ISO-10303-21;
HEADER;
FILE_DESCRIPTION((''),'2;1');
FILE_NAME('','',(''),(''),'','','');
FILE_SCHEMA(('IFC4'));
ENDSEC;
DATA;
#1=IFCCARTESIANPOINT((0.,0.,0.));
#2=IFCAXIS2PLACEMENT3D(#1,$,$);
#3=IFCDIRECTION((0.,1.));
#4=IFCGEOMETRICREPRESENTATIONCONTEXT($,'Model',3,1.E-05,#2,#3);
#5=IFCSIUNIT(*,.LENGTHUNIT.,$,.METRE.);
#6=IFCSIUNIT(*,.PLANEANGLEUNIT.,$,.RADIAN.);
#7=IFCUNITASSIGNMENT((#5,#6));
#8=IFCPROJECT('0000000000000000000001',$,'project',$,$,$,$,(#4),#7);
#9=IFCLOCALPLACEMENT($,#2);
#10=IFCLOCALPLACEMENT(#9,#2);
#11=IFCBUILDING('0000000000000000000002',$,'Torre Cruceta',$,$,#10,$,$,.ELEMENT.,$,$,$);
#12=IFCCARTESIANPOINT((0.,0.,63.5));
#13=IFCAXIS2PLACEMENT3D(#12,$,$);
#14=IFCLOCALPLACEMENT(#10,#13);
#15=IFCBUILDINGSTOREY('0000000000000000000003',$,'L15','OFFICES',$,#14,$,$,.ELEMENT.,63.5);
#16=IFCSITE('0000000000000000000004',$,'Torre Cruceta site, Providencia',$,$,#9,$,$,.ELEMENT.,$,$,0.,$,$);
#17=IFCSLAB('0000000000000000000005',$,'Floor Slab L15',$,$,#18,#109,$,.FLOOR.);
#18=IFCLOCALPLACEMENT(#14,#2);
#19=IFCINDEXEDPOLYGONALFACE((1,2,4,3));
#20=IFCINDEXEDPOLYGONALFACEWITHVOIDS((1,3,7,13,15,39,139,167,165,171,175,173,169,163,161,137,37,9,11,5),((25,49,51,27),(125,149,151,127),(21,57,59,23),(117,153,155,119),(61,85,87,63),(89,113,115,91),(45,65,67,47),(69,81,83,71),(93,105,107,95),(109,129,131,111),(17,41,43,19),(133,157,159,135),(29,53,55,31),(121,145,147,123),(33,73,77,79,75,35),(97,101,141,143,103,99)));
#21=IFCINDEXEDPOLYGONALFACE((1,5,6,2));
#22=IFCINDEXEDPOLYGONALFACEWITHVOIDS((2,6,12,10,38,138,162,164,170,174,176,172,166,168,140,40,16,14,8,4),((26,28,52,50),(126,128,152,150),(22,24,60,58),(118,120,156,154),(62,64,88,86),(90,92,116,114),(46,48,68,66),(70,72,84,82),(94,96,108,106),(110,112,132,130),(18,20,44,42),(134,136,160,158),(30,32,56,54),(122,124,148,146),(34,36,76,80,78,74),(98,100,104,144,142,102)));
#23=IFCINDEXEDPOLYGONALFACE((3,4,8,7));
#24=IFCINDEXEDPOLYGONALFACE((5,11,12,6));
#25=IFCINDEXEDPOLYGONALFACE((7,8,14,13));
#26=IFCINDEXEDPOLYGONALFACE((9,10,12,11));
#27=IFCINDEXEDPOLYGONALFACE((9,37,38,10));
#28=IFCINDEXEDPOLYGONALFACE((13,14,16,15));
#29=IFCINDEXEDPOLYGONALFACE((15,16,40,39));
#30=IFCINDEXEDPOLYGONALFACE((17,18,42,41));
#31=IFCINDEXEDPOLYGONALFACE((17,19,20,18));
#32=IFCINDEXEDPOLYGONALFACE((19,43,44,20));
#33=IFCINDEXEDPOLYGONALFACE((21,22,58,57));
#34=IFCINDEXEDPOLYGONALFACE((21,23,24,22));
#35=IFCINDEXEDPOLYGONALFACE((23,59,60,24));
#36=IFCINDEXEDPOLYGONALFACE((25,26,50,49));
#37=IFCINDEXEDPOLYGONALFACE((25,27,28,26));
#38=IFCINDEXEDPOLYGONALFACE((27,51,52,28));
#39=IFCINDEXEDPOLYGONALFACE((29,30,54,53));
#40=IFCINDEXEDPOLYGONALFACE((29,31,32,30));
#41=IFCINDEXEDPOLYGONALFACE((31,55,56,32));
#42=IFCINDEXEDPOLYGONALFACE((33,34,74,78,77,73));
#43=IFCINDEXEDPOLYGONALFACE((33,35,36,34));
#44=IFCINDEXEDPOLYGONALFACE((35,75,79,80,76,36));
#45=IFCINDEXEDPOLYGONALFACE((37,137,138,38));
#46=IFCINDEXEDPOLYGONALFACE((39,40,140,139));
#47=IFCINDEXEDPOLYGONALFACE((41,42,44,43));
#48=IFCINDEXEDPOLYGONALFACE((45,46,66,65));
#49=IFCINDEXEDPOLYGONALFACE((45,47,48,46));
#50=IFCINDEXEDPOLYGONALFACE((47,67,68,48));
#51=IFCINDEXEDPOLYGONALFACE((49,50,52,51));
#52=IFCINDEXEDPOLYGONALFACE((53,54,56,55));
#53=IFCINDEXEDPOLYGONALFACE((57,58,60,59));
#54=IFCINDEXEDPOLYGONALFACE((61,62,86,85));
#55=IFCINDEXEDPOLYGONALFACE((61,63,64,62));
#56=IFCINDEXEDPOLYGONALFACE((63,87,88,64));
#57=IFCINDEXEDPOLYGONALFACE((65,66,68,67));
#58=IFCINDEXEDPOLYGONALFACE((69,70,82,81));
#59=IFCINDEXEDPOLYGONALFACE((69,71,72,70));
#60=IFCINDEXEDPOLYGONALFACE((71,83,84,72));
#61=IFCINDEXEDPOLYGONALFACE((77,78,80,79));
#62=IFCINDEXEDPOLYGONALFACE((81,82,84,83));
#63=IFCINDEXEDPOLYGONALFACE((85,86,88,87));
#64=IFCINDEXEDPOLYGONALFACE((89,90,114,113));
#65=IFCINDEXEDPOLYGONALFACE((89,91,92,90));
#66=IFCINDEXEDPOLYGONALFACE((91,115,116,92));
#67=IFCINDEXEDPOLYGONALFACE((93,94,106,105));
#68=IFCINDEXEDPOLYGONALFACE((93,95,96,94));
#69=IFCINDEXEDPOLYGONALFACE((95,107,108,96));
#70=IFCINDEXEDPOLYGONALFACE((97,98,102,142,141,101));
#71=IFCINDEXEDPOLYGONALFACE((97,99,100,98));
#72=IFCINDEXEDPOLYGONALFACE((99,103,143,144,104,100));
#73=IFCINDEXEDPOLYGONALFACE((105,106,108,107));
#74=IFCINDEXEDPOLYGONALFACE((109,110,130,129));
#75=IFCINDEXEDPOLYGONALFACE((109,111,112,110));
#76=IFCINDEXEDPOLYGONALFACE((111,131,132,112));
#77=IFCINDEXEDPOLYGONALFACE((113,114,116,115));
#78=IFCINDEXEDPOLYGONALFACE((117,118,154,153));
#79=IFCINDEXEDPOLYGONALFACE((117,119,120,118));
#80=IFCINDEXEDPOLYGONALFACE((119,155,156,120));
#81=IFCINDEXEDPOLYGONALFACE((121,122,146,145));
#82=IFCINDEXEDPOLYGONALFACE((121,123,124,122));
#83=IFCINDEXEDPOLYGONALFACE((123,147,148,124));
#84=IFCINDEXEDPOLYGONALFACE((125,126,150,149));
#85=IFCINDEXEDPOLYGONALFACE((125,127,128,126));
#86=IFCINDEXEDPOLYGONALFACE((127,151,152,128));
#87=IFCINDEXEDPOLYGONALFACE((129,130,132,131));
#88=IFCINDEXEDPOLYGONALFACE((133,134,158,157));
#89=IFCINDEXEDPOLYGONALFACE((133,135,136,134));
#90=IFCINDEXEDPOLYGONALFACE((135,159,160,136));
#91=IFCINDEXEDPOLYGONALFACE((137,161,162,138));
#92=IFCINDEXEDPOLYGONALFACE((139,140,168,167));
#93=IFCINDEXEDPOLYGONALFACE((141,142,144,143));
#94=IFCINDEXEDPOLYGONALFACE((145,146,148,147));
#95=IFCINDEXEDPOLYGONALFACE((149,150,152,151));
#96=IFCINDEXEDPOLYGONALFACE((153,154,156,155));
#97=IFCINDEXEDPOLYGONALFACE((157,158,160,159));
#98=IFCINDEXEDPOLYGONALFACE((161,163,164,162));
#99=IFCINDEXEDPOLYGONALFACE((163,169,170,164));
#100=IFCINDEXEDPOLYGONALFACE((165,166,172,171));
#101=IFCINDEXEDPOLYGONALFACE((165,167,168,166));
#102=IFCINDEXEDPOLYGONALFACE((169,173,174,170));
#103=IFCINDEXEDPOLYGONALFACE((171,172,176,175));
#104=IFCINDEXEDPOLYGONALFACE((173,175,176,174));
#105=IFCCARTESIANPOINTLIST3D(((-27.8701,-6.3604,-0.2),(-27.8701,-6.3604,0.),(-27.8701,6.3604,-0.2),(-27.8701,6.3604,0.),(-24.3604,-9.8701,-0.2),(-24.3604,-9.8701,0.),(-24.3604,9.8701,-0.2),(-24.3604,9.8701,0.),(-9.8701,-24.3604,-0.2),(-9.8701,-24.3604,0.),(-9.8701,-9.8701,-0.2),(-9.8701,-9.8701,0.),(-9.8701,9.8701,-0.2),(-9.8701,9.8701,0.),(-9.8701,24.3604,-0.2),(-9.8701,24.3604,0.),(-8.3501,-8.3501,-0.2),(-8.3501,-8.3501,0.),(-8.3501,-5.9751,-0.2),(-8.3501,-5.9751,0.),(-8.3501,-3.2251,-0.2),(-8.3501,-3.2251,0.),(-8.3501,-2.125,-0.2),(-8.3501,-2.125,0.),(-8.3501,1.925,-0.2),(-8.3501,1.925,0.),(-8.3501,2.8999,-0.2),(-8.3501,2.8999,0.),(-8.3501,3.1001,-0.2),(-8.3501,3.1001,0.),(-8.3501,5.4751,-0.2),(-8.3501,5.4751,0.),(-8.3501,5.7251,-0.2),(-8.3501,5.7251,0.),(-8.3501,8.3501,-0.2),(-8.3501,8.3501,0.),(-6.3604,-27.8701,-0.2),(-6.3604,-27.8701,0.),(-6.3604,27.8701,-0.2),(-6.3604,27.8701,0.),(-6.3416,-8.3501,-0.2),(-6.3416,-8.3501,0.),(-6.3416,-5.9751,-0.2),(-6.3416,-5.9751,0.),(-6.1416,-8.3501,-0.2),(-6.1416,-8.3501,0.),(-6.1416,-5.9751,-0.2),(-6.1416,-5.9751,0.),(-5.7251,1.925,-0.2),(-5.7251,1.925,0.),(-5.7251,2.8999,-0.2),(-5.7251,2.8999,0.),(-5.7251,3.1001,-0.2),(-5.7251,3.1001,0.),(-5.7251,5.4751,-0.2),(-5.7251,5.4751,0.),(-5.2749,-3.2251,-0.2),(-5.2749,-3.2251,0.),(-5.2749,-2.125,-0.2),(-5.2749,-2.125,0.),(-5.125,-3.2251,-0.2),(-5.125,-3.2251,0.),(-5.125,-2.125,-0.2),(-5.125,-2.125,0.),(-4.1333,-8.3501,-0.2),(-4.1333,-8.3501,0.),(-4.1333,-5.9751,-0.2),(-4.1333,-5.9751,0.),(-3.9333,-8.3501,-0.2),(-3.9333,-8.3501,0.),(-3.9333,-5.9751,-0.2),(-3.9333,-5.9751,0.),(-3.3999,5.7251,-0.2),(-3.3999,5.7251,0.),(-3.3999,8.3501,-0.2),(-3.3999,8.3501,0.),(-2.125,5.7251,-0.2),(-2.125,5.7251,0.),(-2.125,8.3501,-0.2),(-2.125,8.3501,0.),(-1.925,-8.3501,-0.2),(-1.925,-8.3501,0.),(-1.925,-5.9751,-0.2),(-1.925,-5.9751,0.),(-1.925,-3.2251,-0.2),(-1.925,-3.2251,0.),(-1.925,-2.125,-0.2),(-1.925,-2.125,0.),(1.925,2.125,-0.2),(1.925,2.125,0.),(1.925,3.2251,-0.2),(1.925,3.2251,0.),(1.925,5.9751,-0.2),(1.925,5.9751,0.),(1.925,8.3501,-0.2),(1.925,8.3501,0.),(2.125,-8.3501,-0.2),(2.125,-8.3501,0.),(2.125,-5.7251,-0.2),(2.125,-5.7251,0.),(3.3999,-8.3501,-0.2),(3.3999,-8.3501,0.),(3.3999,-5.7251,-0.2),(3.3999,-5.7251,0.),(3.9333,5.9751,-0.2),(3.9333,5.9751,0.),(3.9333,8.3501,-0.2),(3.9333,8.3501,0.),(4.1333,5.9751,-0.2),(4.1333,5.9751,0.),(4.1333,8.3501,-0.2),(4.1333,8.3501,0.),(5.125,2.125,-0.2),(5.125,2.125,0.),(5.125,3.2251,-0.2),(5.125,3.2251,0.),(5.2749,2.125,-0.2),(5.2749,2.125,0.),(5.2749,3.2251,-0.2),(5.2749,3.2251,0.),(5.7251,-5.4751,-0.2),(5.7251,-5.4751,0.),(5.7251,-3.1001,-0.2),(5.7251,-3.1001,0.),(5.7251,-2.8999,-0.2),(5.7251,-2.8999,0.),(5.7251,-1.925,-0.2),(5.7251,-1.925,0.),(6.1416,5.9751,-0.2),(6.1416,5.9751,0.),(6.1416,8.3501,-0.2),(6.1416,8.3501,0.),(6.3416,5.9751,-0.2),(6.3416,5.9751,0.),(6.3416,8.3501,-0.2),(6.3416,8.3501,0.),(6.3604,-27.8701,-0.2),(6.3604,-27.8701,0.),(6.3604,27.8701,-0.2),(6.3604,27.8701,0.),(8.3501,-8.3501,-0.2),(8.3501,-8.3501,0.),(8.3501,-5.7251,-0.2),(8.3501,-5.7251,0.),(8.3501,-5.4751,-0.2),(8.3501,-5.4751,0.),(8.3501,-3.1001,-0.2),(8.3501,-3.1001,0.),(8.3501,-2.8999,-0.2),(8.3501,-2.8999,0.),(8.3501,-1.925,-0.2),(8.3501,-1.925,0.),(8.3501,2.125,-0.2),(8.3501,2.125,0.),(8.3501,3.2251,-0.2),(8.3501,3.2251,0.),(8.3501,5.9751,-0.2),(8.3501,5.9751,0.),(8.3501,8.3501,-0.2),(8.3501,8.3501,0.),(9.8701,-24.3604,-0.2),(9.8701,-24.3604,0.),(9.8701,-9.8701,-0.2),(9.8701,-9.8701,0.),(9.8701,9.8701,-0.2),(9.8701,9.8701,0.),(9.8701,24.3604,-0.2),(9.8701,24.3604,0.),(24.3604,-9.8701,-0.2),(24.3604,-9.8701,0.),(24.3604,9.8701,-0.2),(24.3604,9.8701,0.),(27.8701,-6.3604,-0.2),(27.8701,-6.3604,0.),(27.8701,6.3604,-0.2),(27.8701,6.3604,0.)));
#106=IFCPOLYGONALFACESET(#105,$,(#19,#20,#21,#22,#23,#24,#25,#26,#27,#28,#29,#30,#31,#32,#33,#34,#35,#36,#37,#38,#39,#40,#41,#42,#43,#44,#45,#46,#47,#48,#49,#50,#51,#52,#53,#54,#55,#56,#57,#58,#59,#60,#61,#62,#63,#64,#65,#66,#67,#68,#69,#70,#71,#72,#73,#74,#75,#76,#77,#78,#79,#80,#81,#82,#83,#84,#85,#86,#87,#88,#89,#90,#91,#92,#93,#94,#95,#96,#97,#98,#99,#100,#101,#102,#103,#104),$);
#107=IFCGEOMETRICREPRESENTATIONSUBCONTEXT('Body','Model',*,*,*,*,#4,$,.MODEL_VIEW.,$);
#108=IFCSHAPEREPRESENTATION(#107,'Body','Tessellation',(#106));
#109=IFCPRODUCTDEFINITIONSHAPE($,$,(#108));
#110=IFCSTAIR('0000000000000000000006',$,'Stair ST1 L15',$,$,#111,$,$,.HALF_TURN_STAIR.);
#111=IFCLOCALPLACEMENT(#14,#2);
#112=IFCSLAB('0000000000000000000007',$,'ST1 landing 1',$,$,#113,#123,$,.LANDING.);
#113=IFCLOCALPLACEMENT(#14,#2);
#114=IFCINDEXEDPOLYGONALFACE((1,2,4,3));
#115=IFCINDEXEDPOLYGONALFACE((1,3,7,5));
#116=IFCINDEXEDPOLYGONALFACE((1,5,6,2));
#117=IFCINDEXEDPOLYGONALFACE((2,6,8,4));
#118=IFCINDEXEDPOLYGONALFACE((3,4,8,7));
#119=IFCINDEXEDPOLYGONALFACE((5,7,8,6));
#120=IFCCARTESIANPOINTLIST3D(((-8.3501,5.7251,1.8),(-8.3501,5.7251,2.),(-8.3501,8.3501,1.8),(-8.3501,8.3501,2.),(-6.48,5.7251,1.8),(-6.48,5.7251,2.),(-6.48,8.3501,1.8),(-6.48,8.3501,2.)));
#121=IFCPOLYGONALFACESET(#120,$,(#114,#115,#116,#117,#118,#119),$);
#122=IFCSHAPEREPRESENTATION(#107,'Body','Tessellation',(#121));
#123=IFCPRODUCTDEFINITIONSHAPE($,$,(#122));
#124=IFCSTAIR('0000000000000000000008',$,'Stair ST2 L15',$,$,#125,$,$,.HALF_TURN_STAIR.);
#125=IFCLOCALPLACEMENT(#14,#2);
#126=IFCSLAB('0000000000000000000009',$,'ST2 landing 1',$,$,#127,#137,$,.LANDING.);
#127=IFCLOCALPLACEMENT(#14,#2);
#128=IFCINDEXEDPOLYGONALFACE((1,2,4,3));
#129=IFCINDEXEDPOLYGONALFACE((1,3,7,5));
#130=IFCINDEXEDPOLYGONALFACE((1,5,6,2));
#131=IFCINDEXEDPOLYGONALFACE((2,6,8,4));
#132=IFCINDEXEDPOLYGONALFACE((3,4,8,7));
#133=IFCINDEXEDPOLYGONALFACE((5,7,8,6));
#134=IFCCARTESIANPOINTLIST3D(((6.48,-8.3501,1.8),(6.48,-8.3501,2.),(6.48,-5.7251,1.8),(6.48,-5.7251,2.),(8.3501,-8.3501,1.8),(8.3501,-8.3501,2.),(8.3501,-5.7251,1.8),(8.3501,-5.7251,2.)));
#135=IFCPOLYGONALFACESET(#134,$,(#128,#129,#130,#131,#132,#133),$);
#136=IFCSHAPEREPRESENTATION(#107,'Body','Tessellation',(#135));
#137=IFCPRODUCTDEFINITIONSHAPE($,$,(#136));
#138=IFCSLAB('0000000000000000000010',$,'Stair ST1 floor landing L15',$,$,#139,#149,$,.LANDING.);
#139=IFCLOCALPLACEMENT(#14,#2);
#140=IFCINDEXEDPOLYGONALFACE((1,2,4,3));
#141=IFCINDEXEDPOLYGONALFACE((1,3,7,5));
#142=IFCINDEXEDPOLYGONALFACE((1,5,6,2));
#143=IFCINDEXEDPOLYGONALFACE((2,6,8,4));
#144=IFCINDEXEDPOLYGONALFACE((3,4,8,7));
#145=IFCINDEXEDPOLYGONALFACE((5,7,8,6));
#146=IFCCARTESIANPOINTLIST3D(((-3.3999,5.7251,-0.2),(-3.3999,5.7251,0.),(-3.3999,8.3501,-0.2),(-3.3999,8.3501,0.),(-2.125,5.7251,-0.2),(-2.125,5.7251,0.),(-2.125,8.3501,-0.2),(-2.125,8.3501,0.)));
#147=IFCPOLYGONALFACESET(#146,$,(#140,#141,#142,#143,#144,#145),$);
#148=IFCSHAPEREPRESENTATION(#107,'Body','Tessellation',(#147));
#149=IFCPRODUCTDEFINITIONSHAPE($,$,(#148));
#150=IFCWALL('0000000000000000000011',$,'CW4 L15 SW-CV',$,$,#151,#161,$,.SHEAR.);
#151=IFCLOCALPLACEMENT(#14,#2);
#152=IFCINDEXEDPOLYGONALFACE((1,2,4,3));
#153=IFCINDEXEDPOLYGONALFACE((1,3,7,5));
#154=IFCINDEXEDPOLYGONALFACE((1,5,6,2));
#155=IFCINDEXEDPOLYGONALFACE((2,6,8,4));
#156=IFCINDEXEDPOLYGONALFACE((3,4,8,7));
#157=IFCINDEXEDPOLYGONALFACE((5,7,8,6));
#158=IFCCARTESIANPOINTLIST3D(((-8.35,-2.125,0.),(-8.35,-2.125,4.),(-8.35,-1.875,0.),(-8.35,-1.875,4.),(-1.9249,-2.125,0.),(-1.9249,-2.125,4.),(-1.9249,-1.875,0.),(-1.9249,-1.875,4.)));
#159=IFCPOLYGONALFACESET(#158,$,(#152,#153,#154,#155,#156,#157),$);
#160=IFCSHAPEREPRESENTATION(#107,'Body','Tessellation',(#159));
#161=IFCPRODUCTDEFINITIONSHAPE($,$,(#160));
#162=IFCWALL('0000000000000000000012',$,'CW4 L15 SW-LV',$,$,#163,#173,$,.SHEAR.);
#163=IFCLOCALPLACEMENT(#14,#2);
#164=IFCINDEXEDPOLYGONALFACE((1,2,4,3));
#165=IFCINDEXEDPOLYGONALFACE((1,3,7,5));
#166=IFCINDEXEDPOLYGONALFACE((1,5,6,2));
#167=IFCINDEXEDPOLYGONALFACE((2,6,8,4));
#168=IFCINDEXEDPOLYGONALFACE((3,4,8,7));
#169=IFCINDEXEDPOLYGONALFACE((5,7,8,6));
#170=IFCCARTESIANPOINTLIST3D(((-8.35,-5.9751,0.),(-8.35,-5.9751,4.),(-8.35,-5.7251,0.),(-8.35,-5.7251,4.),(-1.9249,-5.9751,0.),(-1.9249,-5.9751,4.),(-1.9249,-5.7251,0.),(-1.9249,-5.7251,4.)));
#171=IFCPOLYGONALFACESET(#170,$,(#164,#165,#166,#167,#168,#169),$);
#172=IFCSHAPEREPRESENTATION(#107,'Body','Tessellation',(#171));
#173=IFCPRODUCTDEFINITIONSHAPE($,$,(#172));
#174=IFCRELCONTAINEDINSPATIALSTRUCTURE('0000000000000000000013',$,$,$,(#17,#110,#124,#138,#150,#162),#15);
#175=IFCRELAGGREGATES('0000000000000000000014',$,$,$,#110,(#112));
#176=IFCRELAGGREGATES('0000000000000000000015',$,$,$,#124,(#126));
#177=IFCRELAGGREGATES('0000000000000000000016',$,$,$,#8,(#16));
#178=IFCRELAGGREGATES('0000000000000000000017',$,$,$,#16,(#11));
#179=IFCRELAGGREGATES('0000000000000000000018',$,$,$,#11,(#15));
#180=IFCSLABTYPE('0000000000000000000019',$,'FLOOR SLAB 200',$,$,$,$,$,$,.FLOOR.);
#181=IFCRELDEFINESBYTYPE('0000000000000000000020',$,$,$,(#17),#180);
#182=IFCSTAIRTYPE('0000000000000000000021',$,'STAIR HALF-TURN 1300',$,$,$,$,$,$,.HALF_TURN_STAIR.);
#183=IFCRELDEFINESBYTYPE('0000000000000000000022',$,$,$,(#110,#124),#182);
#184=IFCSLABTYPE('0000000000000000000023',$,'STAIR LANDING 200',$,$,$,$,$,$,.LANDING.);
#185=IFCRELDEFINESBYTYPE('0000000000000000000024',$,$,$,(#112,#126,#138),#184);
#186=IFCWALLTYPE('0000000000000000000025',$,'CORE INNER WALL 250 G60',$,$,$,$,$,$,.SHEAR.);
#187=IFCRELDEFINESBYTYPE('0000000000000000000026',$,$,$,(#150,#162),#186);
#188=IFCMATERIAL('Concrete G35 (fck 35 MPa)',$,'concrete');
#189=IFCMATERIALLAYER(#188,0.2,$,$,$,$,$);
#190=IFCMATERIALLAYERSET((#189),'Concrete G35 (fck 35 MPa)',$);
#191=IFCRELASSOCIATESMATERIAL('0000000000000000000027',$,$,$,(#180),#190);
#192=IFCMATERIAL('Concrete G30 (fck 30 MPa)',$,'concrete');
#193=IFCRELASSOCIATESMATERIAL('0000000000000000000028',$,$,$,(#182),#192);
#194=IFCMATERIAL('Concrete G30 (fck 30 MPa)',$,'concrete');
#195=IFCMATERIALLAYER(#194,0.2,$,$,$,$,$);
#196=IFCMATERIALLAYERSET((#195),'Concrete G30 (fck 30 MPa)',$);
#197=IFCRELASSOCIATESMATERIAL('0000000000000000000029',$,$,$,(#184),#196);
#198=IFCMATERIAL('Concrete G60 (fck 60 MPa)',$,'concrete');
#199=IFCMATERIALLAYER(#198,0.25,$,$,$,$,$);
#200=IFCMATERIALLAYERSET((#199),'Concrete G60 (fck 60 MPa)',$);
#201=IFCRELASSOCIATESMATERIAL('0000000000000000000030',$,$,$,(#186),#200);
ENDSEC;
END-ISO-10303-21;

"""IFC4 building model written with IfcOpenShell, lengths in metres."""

from ifc_helpers import new_model, si_unit, direction, frame, frame_2d, origin, place, context, subcontext, project, spatial, polyline, rectangle, outline, extrude, material, layer, layer_set, type_object, element, aggregate, save


model = new_model("IFC4")

# Units and contexts
model_context = context("Model", 3, precision=1e-05, world=origin(), true_north=direction((0.0, 1.0)))
body_context = subcontext(model_context, "Body", "Model", "MODEL_VIEW")
ifc_project = project(units=[si_unit("LENGTHUNIT", "METRE"), si_unit("PLANEANGLEUNIT", "RADIAN")], contexts=[model_context])

# Site, building, storey
site_placement = place(None, origin())
site = spatial("IfcSite", under=ifc_project, at=site_placement, Name="Torre Cruceta site, Providencia", CompositionType="ELEMENT", RefElevation=0.0)
building_placement = place(site_placement, origin())
building = spatial("IfcBuilding", under=site, at=building_placement, Name="Torre Cruceta", CompositionType="ELEMENT")
storey_placement = place(building_placement, frame((0.0, 0.0, 63.5)))
storey = spatial("IfcBuildingStorey", under=building, at=storey_placement, Name="L15", Description="OFFICES", CompositionType="ELEMENT", Elevation=63.5)

# Slab
ifc_material_1 = material(Name="Concrete G35 (fck 35 MPa)", Category="concrete")
ifc_layer_1 = layer(ifc_material_1, 0.2)
ifc_layer_set_1 = layer_set([ifc_layer_1], Name="Concrete G35 (fck 35 MPa)")
slab_type_1 = type_object("IfcSlabType", Name="FLOOR SLAB 200", PredefinedType="FLOOR", material=ifc_layer_set_1)
slab_1_placement = place(storey_placement, frame((0.0, 0.0, -0.2)))
element("IfcSlab", 1, at=slab_1_placement, inside=storey, type_object=slab_type_1, Name="Floor Slab L15", PredefinedType="FLOOR", context=body_context, shape_type="SweptSolid", body=[
    extrude(outline(polyline([(9.8701, -9.8701), (9.8701, -24.3604), (6.3604, -27.8701), (-6.3604, -27.8701), (-9.8701, -24.3604), (-9.8701, -9.8701), (-24.3604, -9.8701), (-27.8701, -6.3604), (-27.8701, 6.3604), (-24.3604, 9.8701), (-9.8701, 9.8701), (-9.8701, 24.3604), (-6.3604, 27.8701), (6.3604, 27.8701), (9.8701, 24.3604), (9.8701, 9.8701), (24.3604, 9.8701), (27.8701, 6.3604), (27.8701, -6.3604), (24.3604, -9.8701), (9.8701, -9.8701)]), holes=[polyline([(1.925, 5.9751), (3.9333, 5.9751), (3.9333, 8.3501), (1.925, 8.3501), (1.925, 5.9751)]), polyline([(4.1333, 5.9751), (6.1416, 5.9751), (6.1416, 8.3501), (4.1333, 8.3501), (4.1333, 5.9751)]), polyline([(6.3416, 5.9751), (8.3501, 5.9751), (8.3501, 8.3501), (6.3416, 8.3501), (6.3416, 5.9751)]), polyline([(1.925, 2.125), (5.125, 2.125), (5.125, 3.2251), (1.925, 3.2251), (1.925, 2.125)]), polyline([(5.2749, 2.125), (8.3501, 2.125), (8.3501, 3.2251), (5.2749, 3.2251), (5.2749, 2.125)]), polyline([(-8.3501, 3.1001), (-5.7251, 3.1001), (-5.7251, 5.4751), (-8.3501, 5.4751), (-8.3501, 3.1001)]), polyline([(-8.3501, 1.925), (-5.7251, 1.925), (-5.7251, 2.8999), (-8.3501, 2.8999), (-8.3501, 1.925)]), polyline([(-3.9333, -8.3501), (-1.925, -8.3501), (-1.925, -5.9751), (-3.9333, -5.9751), (-3.9333, -8.3501)]), polyline([(-6.1416, -8.3501), (-4.1333, -8.3501), (-4.1333, -5.9751), (-6.1416, -5.9751), (-6.1416, -8.3501)]), polyline([(-8.3501, -8.3501), (-6.3416, -8.3501), (-6.3416, -5.9751), (-8.3501, -5.9751), (-8.3501, -8.3501)]), polyline([(-5.125, -3.2251), (-1.925, -3.2251), (-1.925, -2.125), (-5.125, -2.125), (-5.125, -3.2251)]), polyline([(-8.3501, -3.2251), (-5.2749, -3.2251), (-5.2749, -2.125), (-8.3501, -2.125), (-8.3501, -3.2251)]), polyline([(5.7251, -5.4751), (8.3501, -5.4751), (8.3501, -3.1001), (5.7251, -3.1001), (5.7251, -5.4751)]), polyline([(5.7251, -2.8999), (8.3501, -2.8999), (8.3501, -1.925), (5.7251, -1.925), (5.7251, -2.8999)]), polyline([(-8.3501, 5.7251), (-8.3501, 8.3501), (-3.3999, 8.3501), (-2.125, 8.3501), (-2.125, 5.7251), (-3.3999, 5.7251), (-8.3501, 5.7251)]), polyline([(2.125, -5.7251), (3.3999, -5.7251), (8.3501, -5.7251), (8.3501, -8.3501), (3.3999, -8.3501), (2.125, -8.3501), (2.125, -5.7251)])]), origin(), (0.0, 0.0, 1.0), 0.2),
])

# Stairs, slabs
ifc_material_2 = material(Name="Concrete G30 (fck 30 MPa)", Category="concrete")
stair_type = type_object("IfcStairType", Name="STAIR HALF-TURN 1300", PredefinedType="HALF_TURN_STAIR", material=ifc_material_2)
stair_1_placement = place(storey_placement, origin())
stair_1 = element("IfcStair", 2, at=stair_1_placement, inside=storey, type_object=stair_type, Name="Stair ST1 L15", PredefinedType="HALF_TURN_STAIR")
ifc_material_3 = material(Name="Concrete G30 (fck 30 MPa)", Category="concrete")
ifc_layer_2 = layer(ifc_material_3, 0.2)
ifc_layer_set_2 = layer_set([ifc_layer_2], Name="Concrete G30 (fck 30 MPa)")
slab_type_2 = type_object("IfcSlabType", Name="STAIR LANDING 200", PredefinedType="LANDING", material=ifc_layer_set_2)
slab_2_placement = place(storey_placement, frame((0.0, 0.0, 1.8)))
slab_2 = element("IfcSlab", 3, at=slab_2_placement, type_object=slab_type_2, Name="ST1 landing 1", PredefinedType="LANDING", context=body_context, shape_type="SweptSolid", body=[
    extrude(outline(polyline([(-8.3501, 5.7251), (-6.48, 5.7251), (-6.48, 8.3501), (-8.3501, 8.3501), (-8.3501, 5.7251)])), origin(), (0.0, 0.0, 1.0), 0.2),
])
aggregate(stair_1, [slab_2])
stair_2_placement = place(storey_placement, origin())
stair_2 = element("IfcStair", 4, at=stair_2_placement, inside=storey, type_object=stair_type, Name="Stair ST2 L15", PredefinedType="HALF_TURN_STAIR")
slab_3_placement = place(storey_placement, frame((0.0, 0.0, 1.8)))
slab_3 = element("IfcSlab", 5, at=slab_3_placement, type_object=slab_type_2, Name="ST2 landing 1", PredefinedType="LANDING", context=body_context, shape_type="SweptSolid", body=[
    extrude(outline(polyline([(6.48, -8.3501), (8.3501, -8.3501), (8.3501, -5.7251), (6.48, -5.7251), (6.48, -8.3501)])), origin(), (0.0, 0.0, 1.0), 0.2),
])
aggregate(stair_2, [slab_3])

# Slab
slab_4_placement = place(storey_placement, frame((0.0, 0.0, -0.2)))
element("IfcSlab", 6, at=slab_4_placement, inside=storey, type_object=slab_type_2, Name="Stair ST1 floor landing L15", PredefinedType="LANDING", context=body_context, shape_type="SweptSolid", body=[
    extrude(outline(polyline([(-2.125, 8.3501), (-2.125, 5.7251), (-3.3999, 5.7251), (-3.3999, 8.3501), (-2.125, 8.3501)])), origin(), (0.0, 0.0, 1.0), 0.2),
])

# Shared definitions
ifc_material_4 = material(Name="Concrete G60 (fck 60 MPa)", Category="concrete")
ifc_layer_3 = layer(ifc_material_4, 0.25)
ifc_layer_set_3 = layer_set([ifc_layer_3], Name="Concrete G60 (fck 60 MPa)")
wall_type_1 = type_object("IfcWallType", Name="CORE INNER WALL 250 G60", PredefinedType="SHEAR", material=ifc_layer_set_3)

# Walls
for number, where, z_axis, x_axis, name in (
    (7, (-1.925, -2.0, 0.0), (0.0, 0.0, 1.0), (-1.0, 0.0, 0.0), "CW4 L15 SW-CV"),
    (8, (-1.925, -5.8501, 0.0), (0.0, 0.0, 1.0), (-1.0, 0.0, 0.0), "CW4 L15 SW-LV"),
):
    element("IfcWall", number, at=place(storey_placement, frame(where, z_axis=z_axis, x_axis=x_axis)), inside=storey, type_object=wall_type_1, Name=name, PredefinedType="SHEAR", context=body_context, shape_type="SweptSolid", body=[
        extrude(rectangle(XDim=6.425, YDim=0.25, at=frame_2d((3.2124, 0.0))), origin(), (0.0, 0.0, 1.0), 4.0),
    ])

save(model, "model.ifc")
